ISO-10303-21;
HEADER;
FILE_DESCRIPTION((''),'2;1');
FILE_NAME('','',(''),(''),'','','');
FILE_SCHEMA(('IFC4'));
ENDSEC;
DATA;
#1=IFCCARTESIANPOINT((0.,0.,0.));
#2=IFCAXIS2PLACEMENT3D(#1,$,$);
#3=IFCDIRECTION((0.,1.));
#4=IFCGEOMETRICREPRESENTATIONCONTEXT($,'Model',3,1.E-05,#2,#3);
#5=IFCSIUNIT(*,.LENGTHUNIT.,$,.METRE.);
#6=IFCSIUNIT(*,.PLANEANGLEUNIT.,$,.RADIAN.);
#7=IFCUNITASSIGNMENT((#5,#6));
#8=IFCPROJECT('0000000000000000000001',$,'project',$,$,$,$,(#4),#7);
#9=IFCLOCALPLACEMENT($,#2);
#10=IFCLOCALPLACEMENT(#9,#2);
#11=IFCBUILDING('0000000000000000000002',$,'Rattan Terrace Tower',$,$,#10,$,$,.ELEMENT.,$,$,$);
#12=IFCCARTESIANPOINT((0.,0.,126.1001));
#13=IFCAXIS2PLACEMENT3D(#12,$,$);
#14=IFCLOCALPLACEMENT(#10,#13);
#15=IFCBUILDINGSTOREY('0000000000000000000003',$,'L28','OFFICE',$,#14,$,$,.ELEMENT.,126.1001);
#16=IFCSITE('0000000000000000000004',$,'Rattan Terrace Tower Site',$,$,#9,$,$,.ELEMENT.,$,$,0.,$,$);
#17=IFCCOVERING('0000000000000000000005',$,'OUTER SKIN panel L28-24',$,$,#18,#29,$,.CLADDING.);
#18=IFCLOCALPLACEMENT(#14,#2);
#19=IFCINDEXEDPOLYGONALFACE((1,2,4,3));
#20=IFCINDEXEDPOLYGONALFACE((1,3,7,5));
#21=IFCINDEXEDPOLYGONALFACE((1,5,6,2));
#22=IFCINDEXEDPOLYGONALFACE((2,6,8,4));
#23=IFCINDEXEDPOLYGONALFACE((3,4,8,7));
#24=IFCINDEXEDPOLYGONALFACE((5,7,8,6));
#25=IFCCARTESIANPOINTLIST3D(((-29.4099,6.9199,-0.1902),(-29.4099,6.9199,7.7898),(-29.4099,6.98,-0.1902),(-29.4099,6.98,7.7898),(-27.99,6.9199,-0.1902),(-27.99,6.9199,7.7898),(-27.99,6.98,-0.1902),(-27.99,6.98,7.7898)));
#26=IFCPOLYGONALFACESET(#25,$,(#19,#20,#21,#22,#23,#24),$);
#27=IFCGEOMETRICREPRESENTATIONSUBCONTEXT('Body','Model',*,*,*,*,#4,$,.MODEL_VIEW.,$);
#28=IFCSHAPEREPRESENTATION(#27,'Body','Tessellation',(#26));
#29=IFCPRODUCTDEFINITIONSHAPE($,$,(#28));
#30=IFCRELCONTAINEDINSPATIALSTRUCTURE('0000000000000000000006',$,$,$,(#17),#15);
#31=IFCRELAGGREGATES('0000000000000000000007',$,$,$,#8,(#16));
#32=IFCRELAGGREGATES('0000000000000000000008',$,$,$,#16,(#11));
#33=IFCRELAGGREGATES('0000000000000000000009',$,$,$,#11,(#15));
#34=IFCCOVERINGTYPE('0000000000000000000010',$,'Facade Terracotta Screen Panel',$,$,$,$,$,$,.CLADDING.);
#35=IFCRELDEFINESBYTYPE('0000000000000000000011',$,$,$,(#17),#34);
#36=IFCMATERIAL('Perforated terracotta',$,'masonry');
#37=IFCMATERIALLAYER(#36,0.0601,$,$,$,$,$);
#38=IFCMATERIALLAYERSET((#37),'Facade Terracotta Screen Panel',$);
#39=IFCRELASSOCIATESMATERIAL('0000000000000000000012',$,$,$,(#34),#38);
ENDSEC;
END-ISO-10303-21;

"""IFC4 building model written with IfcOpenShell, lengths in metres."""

from ifc_helpers import new_model, si_unit, direction, frame, origin, origin_2d, place, context, subcontext, project, spatial, rectangle, extrude, material, layer, layer_set, type_object, element, save


model = new_model("IFC4")

# Units and contexts
model_context = context("Model", 3, precision=1e-05, world=origin(), true_north=direction((0.0, 1.0)))
body_context = subcontext(model_context, "Body", "Model", "MODEL_VIEW")
ifc_project = project(units=[si_unit("LENGTHUNIT", "METRE"), si_unit("PLANEANGLEUNIT", "RADIAN")], contexts=[model_context])

# Site, building, storey
site_placement = place(None, origin())
site = spatial("IfcSite", under=ifc_project, at=site_placement, Name="Rattan Terrace Tower Site", CompositionType="ELEMENT", RefElevation=0.0)
building_placement = place(site_placement, origin())
building = spatial("IfcBuilding", under=site, at=building_placement, Name="Rattan Terrace Tower", CompositionType="ELEMENT")
storey_placement = place(building_placement, frame((0.0, 0.0, 126.1001)))
storey = spatial("IfcBuildingStorey", under=building, at=storey_placement, Name="L28", Description="OFFICE", CompositionType="ELEMENT", Elevation=126.1001)

# Covering
ifc_material_1 = material(Name="Perforated terracotta", Category="masonry")
ifc_layer_1 = layer(ifc_material_1, 0.0601)
ifc_layer_set_1 = layer_set([ifc_layer_1], Name="Facade Terracotta Screen Panel")
covering_type = type_object("IfcCoveringType", Name="Facade Terracotta Screen Panel", PredefinedType="CLADDING", material=ifc_layer_set_1)
covering_1_placement = place(storey_placement, frame((-28.7, 6.95, -0.1902), z_axis=(0.0, 0.0, 1.0), x_axis=(-1.0, 0.0, 0.0)))
element("IfcCovering", 1, at=covering_1_placement, inside=storey, type_object=covering_type, Name="OUTER SKIN panel L28-24", PredefinedType="CLADDING", context=body_context, shape_type="SweptSolid", body=[
    extrude(rectangle(XDim=1.4199, YDim=0.0601, at=origin_2d()), origin(), (0.0, 0.0, 1.0), 7.98),
])

save(model, "model.ifc")
